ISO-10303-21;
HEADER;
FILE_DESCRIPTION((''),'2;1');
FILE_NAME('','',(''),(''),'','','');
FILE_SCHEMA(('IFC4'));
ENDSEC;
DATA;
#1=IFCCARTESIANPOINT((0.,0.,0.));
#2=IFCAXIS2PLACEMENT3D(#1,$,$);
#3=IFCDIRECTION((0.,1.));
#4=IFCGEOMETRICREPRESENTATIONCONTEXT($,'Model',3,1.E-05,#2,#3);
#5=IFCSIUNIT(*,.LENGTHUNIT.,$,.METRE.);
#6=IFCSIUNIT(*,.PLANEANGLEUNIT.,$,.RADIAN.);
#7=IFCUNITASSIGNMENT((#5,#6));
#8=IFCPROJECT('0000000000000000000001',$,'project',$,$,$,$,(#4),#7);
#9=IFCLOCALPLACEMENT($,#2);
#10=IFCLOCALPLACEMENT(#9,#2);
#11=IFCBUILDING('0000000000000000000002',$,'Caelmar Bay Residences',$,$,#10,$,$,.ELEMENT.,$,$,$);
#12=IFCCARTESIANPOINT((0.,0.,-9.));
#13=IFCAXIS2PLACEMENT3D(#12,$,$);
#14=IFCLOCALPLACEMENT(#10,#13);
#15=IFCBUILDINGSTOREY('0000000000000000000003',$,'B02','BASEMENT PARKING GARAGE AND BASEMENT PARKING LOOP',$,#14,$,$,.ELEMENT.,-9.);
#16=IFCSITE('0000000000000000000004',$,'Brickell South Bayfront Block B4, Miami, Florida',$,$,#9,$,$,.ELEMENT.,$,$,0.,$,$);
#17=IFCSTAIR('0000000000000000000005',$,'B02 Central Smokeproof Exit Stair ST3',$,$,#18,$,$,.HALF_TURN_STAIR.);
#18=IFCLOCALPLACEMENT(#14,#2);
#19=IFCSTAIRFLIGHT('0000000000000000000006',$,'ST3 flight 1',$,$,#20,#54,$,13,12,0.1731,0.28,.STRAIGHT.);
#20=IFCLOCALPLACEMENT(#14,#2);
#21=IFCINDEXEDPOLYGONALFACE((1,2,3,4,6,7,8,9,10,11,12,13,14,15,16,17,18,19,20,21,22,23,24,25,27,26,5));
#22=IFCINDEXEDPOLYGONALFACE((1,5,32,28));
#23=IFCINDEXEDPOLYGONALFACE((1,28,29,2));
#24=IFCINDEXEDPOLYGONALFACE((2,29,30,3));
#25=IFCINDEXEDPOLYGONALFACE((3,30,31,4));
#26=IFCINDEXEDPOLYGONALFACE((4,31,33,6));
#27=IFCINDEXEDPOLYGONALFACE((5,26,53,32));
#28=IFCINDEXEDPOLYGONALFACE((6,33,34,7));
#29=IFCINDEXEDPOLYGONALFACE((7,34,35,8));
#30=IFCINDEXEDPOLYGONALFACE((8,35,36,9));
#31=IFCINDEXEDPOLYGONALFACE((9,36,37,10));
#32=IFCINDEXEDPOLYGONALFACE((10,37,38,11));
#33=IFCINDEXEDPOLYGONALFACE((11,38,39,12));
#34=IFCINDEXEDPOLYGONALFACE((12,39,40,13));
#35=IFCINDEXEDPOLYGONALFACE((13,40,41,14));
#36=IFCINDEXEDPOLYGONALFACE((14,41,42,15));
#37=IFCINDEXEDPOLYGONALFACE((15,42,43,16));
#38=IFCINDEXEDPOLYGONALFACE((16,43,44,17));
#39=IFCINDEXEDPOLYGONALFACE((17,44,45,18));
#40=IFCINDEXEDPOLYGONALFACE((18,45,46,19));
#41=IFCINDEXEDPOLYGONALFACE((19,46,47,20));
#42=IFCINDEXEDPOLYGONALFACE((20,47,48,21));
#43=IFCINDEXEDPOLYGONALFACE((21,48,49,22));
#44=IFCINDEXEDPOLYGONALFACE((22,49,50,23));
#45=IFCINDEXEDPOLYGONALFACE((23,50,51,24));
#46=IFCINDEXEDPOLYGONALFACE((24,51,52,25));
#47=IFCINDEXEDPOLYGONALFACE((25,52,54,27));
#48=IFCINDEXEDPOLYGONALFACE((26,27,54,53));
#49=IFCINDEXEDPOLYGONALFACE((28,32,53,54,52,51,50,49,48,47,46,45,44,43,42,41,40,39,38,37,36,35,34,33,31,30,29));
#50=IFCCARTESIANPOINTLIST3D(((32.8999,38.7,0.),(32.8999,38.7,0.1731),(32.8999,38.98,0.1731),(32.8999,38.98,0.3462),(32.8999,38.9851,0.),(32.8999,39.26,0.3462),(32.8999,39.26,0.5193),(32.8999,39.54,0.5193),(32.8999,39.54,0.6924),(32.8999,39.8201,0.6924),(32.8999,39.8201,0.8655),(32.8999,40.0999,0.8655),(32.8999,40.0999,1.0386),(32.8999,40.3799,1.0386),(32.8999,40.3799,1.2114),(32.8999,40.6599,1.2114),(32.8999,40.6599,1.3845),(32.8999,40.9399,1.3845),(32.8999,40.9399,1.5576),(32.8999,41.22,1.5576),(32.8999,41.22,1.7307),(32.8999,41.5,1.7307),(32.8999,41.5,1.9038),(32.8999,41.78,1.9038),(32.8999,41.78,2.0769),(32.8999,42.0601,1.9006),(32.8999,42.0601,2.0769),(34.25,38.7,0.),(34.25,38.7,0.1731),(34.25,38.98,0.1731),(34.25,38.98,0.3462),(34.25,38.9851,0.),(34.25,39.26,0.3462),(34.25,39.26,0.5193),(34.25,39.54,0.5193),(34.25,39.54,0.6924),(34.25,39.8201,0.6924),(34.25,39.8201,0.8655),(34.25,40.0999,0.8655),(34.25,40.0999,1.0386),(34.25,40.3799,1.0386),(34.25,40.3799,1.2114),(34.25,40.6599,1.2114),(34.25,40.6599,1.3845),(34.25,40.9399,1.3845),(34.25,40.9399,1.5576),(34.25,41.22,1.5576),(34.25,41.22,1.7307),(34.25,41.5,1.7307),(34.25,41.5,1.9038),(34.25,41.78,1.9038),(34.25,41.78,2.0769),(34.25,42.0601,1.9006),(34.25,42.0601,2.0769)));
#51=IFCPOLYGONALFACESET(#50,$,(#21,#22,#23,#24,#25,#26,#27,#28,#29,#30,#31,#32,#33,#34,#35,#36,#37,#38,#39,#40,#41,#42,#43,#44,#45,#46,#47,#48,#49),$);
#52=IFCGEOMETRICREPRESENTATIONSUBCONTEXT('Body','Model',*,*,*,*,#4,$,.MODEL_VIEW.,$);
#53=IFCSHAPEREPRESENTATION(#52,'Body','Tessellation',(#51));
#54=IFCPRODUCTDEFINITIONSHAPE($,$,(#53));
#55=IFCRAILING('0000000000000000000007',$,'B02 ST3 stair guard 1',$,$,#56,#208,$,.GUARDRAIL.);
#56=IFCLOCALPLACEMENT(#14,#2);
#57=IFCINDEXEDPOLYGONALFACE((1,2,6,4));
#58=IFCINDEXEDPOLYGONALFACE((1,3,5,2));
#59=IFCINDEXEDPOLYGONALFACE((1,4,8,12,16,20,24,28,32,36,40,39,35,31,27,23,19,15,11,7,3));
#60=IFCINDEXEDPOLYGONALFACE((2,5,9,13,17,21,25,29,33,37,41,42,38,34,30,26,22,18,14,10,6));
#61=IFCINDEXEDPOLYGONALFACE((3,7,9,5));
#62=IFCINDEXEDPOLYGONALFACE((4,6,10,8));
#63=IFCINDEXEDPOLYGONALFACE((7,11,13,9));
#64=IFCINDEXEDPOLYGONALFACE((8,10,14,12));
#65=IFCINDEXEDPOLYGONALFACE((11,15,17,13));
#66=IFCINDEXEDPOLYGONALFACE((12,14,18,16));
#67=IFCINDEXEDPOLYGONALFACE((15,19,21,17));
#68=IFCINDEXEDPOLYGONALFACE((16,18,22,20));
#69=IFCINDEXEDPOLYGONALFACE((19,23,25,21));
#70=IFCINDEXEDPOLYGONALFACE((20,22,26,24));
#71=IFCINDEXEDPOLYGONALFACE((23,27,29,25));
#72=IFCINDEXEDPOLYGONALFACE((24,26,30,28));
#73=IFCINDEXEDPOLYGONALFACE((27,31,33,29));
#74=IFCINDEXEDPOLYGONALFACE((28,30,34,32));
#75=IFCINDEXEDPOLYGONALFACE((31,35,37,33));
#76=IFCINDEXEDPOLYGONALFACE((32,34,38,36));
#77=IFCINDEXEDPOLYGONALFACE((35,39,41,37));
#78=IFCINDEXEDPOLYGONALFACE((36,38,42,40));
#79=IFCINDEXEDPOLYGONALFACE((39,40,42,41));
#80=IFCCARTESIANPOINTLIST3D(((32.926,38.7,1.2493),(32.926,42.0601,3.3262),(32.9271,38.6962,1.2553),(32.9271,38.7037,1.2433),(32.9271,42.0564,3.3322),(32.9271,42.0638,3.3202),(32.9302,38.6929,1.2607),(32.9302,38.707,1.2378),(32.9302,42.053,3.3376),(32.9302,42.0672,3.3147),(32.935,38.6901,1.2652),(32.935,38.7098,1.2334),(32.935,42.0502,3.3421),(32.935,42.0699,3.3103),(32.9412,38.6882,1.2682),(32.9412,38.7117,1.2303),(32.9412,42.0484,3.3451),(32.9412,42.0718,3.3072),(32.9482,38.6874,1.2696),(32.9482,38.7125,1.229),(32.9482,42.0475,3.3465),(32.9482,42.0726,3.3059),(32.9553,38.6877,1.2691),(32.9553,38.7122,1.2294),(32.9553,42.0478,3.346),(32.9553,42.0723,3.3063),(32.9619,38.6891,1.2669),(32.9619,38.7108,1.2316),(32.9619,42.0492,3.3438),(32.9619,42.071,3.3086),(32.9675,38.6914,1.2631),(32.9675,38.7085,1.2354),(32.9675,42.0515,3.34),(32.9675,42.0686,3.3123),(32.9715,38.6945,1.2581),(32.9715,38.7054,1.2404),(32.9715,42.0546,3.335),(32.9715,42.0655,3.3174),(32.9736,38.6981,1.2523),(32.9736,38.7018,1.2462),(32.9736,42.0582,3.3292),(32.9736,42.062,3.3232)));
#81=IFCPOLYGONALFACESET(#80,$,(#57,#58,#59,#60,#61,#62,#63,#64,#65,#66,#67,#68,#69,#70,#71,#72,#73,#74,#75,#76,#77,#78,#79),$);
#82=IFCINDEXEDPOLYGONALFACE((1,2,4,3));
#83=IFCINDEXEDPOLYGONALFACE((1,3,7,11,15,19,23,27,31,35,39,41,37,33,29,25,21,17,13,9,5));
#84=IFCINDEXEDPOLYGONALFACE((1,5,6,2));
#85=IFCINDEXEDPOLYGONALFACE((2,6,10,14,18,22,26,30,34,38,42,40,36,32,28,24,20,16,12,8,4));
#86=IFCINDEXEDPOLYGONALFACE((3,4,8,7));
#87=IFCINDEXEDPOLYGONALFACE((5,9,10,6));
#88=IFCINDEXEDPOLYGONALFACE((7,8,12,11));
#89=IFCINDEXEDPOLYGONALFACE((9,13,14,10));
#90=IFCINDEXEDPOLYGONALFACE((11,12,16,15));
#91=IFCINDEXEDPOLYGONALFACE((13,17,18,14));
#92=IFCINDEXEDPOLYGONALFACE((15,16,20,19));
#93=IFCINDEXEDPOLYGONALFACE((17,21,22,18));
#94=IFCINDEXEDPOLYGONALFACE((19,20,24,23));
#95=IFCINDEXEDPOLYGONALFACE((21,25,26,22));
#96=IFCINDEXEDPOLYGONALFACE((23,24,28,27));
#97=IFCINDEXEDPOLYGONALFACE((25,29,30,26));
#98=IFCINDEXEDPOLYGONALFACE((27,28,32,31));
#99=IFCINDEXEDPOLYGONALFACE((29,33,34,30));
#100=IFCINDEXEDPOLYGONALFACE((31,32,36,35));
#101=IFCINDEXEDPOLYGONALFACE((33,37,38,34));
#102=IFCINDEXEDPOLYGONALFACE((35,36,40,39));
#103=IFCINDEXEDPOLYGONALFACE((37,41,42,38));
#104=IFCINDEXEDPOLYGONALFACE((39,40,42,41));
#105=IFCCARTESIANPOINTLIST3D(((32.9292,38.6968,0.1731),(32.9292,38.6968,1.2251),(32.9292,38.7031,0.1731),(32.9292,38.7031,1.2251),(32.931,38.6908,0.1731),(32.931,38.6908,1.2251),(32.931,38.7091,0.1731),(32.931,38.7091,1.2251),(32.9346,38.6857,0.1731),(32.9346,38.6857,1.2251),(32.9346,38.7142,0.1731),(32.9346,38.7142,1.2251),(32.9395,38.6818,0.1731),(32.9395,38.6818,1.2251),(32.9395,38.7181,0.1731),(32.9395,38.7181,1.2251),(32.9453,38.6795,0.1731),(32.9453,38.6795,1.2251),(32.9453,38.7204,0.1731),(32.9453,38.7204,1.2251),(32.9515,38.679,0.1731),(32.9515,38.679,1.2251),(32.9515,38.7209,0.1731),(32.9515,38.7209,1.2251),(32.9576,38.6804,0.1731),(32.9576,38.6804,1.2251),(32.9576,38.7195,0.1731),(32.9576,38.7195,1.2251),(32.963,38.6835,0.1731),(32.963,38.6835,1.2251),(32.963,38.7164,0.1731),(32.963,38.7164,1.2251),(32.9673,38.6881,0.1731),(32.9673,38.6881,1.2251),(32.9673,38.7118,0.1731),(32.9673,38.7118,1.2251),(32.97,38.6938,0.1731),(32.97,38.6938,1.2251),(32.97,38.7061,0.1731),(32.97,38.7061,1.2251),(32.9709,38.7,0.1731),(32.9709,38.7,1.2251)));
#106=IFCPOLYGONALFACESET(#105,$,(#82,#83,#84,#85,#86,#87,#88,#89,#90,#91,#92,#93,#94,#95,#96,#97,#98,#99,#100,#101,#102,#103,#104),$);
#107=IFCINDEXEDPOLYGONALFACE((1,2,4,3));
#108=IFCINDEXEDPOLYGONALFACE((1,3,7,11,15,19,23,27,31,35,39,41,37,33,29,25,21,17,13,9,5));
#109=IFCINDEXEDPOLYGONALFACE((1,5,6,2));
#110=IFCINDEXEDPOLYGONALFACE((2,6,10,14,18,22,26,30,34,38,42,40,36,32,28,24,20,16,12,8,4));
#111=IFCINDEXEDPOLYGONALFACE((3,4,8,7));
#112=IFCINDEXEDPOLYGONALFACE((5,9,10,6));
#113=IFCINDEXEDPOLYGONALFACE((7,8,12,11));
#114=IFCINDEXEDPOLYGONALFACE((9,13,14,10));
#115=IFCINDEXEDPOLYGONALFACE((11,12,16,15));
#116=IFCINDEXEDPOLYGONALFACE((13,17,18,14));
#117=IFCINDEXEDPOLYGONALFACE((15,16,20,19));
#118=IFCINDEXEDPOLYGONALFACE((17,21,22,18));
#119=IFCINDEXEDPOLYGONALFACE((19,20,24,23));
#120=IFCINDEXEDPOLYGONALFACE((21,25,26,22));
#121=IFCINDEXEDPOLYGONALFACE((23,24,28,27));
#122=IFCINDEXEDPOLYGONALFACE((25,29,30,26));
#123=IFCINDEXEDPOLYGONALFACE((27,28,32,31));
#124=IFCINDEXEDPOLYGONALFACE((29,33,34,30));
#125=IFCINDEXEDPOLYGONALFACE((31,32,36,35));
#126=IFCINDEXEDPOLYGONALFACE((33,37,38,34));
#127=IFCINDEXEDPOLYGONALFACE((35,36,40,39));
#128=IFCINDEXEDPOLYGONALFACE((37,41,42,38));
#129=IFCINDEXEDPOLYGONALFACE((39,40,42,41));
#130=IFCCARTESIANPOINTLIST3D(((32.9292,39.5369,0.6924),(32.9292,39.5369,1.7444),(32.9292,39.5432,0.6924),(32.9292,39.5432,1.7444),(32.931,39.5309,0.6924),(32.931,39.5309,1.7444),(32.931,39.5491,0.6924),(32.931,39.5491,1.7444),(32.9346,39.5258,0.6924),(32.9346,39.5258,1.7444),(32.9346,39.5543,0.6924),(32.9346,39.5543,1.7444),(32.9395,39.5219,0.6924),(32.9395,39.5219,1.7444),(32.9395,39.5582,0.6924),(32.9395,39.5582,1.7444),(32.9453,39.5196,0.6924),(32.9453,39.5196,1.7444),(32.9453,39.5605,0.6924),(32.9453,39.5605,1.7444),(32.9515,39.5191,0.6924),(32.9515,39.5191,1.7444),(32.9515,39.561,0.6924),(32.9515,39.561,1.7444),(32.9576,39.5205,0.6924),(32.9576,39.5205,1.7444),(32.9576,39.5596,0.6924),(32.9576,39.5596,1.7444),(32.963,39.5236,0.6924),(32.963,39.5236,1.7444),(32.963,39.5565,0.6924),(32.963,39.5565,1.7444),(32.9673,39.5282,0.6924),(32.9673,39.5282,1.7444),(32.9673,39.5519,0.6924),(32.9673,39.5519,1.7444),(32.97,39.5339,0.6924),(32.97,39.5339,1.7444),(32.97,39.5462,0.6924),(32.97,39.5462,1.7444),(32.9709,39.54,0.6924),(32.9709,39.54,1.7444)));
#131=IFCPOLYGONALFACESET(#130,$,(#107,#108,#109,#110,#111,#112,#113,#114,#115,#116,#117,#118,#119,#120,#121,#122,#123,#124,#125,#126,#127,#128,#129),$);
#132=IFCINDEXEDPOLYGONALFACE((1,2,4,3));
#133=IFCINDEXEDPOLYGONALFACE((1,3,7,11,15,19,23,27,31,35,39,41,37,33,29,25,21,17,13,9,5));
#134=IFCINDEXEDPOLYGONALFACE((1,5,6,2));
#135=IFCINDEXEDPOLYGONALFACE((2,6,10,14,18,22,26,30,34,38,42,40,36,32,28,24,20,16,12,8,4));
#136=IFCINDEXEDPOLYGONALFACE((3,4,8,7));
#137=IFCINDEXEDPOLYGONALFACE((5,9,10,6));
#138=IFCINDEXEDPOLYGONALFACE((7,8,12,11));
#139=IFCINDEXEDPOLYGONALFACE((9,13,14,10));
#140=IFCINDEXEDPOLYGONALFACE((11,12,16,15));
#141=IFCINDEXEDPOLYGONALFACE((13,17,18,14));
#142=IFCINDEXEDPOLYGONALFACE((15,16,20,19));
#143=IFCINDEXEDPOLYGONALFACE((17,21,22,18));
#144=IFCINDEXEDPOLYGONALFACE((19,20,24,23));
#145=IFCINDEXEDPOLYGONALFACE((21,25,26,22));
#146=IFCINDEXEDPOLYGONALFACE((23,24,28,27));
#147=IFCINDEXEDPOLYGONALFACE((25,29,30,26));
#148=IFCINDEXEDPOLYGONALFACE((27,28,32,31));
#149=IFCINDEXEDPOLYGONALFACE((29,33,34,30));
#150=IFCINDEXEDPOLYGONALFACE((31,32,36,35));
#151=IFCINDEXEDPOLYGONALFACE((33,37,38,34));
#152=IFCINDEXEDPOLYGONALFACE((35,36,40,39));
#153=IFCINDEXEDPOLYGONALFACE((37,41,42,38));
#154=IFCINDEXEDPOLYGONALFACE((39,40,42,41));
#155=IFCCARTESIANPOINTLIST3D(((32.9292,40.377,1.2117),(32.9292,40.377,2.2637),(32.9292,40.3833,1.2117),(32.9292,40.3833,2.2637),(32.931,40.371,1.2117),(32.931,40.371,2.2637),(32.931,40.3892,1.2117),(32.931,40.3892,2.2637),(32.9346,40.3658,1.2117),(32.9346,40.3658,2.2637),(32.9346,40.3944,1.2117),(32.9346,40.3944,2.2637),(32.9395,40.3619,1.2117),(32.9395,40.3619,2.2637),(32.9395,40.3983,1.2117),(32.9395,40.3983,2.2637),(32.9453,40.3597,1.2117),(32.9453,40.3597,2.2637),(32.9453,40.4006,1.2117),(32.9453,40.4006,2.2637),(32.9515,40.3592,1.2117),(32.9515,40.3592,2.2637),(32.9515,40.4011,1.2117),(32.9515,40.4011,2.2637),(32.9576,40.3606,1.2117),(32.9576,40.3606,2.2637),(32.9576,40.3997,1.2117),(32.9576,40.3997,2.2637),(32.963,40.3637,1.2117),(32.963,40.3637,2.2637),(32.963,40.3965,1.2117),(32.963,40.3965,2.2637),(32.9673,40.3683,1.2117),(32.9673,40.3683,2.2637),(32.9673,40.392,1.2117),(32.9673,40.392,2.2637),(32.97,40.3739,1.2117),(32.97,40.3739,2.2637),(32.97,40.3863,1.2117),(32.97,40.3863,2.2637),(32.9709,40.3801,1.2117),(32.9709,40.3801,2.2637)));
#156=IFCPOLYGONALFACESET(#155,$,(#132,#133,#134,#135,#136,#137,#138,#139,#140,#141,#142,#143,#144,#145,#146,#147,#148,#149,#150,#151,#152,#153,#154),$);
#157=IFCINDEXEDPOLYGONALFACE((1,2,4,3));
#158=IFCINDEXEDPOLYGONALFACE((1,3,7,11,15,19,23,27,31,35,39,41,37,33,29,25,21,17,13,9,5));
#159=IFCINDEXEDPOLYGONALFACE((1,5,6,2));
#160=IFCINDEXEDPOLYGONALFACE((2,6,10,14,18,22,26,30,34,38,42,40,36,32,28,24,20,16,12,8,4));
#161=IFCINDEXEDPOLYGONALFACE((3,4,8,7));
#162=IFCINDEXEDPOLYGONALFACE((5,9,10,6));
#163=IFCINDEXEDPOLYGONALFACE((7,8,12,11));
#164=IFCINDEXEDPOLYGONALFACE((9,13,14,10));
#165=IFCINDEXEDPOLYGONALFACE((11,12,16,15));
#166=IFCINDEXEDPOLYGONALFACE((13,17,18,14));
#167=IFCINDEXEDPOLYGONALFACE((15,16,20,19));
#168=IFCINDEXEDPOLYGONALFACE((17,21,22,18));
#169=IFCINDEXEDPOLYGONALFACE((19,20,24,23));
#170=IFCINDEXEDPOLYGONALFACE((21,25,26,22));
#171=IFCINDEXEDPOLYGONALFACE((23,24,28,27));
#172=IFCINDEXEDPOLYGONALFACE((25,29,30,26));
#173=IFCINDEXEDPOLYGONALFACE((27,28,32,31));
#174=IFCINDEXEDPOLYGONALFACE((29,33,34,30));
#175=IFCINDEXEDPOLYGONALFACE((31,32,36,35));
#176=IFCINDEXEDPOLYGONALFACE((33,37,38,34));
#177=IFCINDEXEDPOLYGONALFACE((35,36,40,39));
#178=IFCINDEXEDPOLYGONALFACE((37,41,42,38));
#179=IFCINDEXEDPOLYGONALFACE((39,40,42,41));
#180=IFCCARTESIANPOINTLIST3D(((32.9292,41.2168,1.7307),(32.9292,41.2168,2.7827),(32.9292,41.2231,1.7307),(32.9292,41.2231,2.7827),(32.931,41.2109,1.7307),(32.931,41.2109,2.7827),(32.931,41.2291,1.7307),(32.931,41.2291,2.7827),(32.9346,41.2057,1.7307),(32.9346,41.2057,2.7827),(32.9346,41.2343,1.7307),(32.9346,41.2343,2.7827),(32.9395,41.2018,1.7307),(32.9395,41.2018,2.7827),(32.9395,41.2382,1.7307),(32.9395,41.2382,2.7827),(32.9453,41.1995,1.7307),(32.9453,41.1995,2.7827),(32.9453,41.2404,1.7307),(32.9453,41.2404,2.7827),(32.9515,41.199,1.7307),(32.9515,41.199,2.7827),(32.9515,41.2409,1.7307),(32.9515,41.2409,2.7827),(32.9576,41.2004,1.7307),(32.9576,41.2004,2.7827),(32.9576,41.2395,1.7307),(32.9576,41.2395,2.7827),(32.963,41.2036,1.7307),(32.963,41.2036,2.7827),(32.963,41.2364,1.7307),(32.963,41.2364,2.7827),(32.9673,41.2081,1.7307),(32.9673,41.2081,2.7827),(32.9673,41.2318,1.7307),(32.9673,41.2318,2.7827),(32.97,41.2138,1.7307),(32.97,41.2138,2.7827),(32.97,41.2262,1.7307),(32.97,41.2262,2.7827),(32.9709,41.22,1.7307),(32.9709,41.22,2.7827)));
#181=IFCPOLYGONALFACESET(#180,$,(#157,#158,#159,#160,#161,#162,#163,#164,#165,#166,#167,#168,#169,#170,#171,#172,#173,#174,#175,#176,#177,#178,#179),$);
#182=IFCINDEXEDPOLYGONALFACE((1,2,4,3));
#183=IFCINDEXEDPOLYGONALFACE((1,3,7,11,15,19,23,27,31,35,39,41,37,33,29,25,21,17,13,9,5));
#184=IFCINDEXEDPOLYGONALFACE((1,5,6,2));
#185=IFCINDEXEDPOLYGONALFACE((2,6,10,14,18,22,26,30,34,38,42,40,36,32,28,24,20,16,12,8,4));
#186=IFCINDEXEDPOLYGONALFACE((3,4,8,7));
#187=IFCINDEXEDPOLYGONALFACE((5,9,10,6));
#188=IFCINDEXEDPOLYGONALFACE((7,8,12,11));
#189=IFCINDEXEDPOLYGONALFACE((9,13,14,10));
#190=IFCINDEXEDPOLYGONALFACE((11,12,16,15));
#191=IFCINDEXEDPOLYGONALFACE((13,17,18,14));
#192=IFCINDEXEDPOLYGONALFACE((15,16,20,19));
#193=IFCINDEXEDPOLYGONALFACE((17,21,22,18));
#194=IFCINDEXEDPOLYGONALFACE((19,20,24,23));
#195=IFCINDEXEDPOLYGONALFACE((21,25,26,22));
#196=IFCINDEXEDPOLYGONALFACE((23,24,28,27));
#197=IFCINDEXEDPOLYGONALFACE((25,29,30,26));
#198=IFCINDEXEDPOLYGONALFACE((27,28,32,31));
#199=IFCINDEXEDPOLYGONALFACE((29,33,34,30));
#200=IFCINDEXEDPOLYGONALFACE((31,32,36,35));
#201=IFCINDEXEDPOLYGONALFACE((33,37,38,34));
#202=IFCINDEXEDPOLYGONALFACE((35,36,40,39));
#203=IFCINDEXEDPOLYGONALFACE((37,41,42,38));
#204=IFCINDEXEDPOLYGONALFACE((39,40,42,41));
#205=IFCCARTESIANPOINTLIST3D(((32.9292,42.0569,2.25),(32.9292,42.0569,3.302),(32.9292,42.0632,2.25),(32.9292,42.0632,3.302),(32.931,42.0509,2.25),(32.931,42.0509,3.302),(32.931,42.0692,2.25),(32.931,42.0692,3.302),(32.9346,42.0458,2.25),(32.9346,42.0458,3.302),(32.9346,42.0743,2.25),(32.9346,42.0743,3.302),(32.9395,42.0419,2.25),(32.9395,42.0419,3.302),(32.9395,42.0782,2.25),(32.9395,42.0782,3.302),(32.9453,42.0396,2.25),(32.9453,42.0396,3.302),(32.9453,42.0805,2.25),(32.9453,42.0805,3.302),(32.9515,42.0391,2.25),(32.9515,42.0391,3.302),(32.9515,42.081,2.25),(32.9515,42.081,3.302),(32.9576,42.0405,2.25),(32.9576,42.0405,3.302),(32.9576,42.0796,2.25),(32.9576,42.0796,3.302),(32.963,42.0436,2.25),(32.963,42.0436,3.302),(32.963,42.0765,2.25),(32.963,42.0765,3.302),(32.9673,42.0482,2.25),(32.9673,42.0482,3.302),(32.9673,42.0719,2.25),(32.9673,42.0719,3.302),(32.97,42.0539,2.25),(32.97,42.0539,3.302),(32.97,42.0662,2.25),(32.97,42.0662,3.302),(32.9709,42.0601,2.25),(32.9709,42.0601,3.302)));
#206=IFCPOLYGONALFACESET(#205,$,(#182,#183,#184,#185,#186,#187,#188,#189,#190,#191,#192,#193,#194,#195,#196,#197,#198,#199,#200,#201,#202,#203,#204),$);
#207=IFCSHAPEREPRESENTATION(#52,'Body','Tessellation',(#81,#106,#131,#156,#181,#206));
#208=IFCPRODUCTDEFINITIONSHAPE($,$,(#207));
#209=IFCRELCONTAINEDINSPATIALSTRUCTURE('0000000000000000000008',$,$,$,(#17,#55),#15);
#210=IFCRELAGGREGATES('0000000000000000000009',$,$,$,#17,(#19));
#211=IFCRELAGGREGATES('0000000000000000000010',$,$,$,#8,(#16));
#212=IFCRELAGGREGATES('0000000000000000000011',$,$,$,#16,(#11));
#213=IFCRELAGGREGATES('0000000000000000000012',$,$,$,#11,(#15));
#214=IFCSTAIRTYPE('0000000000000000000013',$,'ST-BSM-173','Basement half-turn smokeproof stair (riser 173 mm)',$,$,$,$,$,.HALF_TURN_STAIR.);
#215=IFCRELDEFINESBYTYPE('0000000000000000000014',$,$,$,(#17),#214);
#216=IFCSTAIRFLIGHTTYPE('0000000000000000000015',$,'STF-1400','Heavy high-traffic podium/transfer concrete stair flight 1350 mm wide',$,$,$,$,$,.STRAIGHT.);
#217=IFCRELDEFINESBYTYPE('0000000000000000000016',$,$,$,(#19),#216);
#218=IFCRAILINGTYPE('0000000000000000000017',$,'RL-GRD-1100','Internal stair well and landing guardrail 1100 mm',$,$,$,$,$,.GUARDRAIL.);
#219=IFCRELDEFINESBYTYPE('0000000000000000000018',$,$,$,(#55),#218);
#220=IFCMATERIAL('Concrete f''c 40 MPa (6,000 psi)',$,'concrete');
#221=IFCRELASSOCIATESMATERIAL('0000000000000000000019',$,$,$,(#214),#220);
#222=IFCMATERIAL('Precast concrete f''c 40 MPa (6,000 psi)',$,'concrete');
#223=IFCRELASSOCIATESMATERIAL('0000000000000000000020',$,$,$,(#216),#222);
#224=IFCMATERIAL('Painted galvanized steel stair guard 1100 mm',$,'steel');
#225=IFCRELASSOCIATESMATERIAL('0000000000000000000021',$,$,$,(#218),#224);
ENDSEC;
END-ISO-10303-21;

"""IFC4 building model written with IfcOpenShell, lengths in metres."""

from ifc_helpers import new_model, si_unit, direction, frame, origin, origin_2d, place, context, subcontext, project, spatial, polyline, circle, outline, extrude, material, type_object, element, aggregate, save


model = new_model("IFC4")

# Units and contexts
model_context = context("Model", 3, precision=1e-05, world=origin(), true_north=direction((0.0, 1.0)))
body_context = subcontext(model_context, "Body", "Model", "MODEL_VIEW")
ifc_project = project(units=[si_unit("LENGTHUNIT", "METRE"), si_unit("PLANEANGLEUNIT", "RADIAN")], contexts=[model_context])

# Site, building, storey
site_placement = place(None, origin())
site = spatial("IfcSite", under=ifc_project, at=site_placement, Name="Brickell South Bayfront Block B4, Miami, Florida", CompositionType="ELEMENT", RefElevation=0.0)
building_placement = place(site_placement, origin())
building = spatial("IfcBuilding", under=site, at=building_placement, Name="Caelmar Bay Residences", CompositionType="ELEMENT")
storey_placement = place(building_placement, frame((0.0, 0.0, -9.0)))
storey = spatial("IfcBuildingStorey", under=building, at=storey_placement, Name="B02", Description="BASEMENT PARKING GARAGE AND BASEMENT PARKING LOOP", CompositionType="ELEMENT", Elevation=-9.0)

# Stair, stair flight
ifc_material_1 = material(Name="Concrete f'c 40 MPa (6,000 psi)", Category="concrete")
stair_type = type_object("IfcStairType", Name="ST-BSM-173", Description="Basement half-turn smokeproof stair (riser 173 mm)", PredefinedType="HALF_TURN_STAIR", material=ifc_material_1)
stair_placement = place(storey_placement, origin())
stair = element("IfcStair", 1, at=stair_placement, inside=storey, type_object=stair_type, Name="B02 Central Smokeproof Exit Stair ST3", PredefinedType="HALF_TURN_STAIR")
ifc_material_2 = material(Name="Precast concrete f'c 40 MPa (6,000 psi)", Category="concrete")
stair_flight_type = type_object("IfcStairFlightType", Name="STF-1400", Description="Heavy high-traffic podium/transfer concrete stair flight 1350 mm wide", PredefinedType="STRAIGHT", material=ifc_material_2)
stair_flight_placement = place(storey_placement, frame((33.575, 38.7, 0.0), z_axis=(0.0, 0.0, 1.0), x_axis=(0.0, 1.0, 0.0)))
stair_flight = element("IfcStairFlight", 2, at=stair_flight_placement, type_object=stair_flight_type, Name="ST3 flight 1", NumberOfRisers=13, NumberOfTreads=12, PredefinedType="STRAIGHT", RiserHeight=0.1731, TreadLength=0.28, context=body_context, shape_type="SweptSolid", body=[
    extrude(outline(polyline([(0.0, 0.0), (0.0, 0.1731), (0.28, 0.1731), (0.28, 0.3462), (0.5601, 0.3462), (0.5601, 0.5193), (0.8401, 0.5193), (0.8401, 0.6924), (1.1201, 0.6924), (1.1201, 0.8655), (1.3999, 0.8655), (1.3999, 1.0386), (1.6799, 1.0386), (1.6799, 1.2114), (1.96, 1.2114), (1.96, 1.3845), (2.24, 1.3845), (2.24, 1.5576), (2.52, 1.5576), (2.52, 1.7307), (2.8, 1.7307), (2.8, 1.9038), (3.0801, 1.9038), (3.0801, 2.0769), (3.3601, 2.0769), (3.3601, 2.25), (3.3601, 1.9006), (0.2852, 0.0), (0.0, 0.0)])), frame((0.0, 0.675, 0.0), z_axis=(0.0, -1.0, 0.0), x_axis=(1.0, 0.0, 0.0)), (0.0, 0.0, 1.0), 1.3501),
])
aggregate(stair, [stair_flight])

# Railing
ifc_material_3 = material(Name="Painted galvanized steel stair guard 1100 mm", Category="steel")
railing_type_1 = type_object("IfcRailingType", Name="RL-GRD-1100", Description="Internal stair well and landing guardrail 1100 mm", PredefinedType="GUARDRAIL", material=ifc_material_3)
railing_1_placement = place(storey_placement, frame((32.95, 38.7, 0.1731)))
element("IfcRailing", 3, at=railing_1_placement, inside=storey, type_object=railing_type_1, Name="B02 ST3 stair guard 1", PredefinedType="GUARDRAIL", context=body_context, shape_type="SweptSolid", body=[
    extrude(circle(Radius=0.0239, at=origin_2d()), frame((0.0, 0.0, 1.0762), z_axis=(0.0, 0.850623, 0.525776), x_axis=(-1.0, 0.0, 0.0)), (0.0, 0.0, 1.0), 3.9502),
    extrude(circle(Radius=0.021, at=origin_2d()), origin(), (0.0, 0.0, 1.0), 1.052),
    extrude(circle(Radius=0.021, at=origin_2d()), frame((0.0, 0.8401, 0.5193)), (0.0, 0.0, 1.0), 1.052),
    extrude(circle(Radius=0.021, at=origin_2d()), frame((0.0, 1.6802, 1.0386)), (0.0, 0.0, 1.0), 1.052),
    extrude(circle(Radius=0.021, at=origin_2d()), frame((0.0, 2.52, 1.5576)), (0.0, 0.0, 1.0), 1.052),
    extrude(circle(Radius=0.021, at=origin_2d()), frame((0.0, 3.3601, 2.0769)), (0.0, 0.0, 1.0), 1.052),
])

save(model, "model.ifc")
